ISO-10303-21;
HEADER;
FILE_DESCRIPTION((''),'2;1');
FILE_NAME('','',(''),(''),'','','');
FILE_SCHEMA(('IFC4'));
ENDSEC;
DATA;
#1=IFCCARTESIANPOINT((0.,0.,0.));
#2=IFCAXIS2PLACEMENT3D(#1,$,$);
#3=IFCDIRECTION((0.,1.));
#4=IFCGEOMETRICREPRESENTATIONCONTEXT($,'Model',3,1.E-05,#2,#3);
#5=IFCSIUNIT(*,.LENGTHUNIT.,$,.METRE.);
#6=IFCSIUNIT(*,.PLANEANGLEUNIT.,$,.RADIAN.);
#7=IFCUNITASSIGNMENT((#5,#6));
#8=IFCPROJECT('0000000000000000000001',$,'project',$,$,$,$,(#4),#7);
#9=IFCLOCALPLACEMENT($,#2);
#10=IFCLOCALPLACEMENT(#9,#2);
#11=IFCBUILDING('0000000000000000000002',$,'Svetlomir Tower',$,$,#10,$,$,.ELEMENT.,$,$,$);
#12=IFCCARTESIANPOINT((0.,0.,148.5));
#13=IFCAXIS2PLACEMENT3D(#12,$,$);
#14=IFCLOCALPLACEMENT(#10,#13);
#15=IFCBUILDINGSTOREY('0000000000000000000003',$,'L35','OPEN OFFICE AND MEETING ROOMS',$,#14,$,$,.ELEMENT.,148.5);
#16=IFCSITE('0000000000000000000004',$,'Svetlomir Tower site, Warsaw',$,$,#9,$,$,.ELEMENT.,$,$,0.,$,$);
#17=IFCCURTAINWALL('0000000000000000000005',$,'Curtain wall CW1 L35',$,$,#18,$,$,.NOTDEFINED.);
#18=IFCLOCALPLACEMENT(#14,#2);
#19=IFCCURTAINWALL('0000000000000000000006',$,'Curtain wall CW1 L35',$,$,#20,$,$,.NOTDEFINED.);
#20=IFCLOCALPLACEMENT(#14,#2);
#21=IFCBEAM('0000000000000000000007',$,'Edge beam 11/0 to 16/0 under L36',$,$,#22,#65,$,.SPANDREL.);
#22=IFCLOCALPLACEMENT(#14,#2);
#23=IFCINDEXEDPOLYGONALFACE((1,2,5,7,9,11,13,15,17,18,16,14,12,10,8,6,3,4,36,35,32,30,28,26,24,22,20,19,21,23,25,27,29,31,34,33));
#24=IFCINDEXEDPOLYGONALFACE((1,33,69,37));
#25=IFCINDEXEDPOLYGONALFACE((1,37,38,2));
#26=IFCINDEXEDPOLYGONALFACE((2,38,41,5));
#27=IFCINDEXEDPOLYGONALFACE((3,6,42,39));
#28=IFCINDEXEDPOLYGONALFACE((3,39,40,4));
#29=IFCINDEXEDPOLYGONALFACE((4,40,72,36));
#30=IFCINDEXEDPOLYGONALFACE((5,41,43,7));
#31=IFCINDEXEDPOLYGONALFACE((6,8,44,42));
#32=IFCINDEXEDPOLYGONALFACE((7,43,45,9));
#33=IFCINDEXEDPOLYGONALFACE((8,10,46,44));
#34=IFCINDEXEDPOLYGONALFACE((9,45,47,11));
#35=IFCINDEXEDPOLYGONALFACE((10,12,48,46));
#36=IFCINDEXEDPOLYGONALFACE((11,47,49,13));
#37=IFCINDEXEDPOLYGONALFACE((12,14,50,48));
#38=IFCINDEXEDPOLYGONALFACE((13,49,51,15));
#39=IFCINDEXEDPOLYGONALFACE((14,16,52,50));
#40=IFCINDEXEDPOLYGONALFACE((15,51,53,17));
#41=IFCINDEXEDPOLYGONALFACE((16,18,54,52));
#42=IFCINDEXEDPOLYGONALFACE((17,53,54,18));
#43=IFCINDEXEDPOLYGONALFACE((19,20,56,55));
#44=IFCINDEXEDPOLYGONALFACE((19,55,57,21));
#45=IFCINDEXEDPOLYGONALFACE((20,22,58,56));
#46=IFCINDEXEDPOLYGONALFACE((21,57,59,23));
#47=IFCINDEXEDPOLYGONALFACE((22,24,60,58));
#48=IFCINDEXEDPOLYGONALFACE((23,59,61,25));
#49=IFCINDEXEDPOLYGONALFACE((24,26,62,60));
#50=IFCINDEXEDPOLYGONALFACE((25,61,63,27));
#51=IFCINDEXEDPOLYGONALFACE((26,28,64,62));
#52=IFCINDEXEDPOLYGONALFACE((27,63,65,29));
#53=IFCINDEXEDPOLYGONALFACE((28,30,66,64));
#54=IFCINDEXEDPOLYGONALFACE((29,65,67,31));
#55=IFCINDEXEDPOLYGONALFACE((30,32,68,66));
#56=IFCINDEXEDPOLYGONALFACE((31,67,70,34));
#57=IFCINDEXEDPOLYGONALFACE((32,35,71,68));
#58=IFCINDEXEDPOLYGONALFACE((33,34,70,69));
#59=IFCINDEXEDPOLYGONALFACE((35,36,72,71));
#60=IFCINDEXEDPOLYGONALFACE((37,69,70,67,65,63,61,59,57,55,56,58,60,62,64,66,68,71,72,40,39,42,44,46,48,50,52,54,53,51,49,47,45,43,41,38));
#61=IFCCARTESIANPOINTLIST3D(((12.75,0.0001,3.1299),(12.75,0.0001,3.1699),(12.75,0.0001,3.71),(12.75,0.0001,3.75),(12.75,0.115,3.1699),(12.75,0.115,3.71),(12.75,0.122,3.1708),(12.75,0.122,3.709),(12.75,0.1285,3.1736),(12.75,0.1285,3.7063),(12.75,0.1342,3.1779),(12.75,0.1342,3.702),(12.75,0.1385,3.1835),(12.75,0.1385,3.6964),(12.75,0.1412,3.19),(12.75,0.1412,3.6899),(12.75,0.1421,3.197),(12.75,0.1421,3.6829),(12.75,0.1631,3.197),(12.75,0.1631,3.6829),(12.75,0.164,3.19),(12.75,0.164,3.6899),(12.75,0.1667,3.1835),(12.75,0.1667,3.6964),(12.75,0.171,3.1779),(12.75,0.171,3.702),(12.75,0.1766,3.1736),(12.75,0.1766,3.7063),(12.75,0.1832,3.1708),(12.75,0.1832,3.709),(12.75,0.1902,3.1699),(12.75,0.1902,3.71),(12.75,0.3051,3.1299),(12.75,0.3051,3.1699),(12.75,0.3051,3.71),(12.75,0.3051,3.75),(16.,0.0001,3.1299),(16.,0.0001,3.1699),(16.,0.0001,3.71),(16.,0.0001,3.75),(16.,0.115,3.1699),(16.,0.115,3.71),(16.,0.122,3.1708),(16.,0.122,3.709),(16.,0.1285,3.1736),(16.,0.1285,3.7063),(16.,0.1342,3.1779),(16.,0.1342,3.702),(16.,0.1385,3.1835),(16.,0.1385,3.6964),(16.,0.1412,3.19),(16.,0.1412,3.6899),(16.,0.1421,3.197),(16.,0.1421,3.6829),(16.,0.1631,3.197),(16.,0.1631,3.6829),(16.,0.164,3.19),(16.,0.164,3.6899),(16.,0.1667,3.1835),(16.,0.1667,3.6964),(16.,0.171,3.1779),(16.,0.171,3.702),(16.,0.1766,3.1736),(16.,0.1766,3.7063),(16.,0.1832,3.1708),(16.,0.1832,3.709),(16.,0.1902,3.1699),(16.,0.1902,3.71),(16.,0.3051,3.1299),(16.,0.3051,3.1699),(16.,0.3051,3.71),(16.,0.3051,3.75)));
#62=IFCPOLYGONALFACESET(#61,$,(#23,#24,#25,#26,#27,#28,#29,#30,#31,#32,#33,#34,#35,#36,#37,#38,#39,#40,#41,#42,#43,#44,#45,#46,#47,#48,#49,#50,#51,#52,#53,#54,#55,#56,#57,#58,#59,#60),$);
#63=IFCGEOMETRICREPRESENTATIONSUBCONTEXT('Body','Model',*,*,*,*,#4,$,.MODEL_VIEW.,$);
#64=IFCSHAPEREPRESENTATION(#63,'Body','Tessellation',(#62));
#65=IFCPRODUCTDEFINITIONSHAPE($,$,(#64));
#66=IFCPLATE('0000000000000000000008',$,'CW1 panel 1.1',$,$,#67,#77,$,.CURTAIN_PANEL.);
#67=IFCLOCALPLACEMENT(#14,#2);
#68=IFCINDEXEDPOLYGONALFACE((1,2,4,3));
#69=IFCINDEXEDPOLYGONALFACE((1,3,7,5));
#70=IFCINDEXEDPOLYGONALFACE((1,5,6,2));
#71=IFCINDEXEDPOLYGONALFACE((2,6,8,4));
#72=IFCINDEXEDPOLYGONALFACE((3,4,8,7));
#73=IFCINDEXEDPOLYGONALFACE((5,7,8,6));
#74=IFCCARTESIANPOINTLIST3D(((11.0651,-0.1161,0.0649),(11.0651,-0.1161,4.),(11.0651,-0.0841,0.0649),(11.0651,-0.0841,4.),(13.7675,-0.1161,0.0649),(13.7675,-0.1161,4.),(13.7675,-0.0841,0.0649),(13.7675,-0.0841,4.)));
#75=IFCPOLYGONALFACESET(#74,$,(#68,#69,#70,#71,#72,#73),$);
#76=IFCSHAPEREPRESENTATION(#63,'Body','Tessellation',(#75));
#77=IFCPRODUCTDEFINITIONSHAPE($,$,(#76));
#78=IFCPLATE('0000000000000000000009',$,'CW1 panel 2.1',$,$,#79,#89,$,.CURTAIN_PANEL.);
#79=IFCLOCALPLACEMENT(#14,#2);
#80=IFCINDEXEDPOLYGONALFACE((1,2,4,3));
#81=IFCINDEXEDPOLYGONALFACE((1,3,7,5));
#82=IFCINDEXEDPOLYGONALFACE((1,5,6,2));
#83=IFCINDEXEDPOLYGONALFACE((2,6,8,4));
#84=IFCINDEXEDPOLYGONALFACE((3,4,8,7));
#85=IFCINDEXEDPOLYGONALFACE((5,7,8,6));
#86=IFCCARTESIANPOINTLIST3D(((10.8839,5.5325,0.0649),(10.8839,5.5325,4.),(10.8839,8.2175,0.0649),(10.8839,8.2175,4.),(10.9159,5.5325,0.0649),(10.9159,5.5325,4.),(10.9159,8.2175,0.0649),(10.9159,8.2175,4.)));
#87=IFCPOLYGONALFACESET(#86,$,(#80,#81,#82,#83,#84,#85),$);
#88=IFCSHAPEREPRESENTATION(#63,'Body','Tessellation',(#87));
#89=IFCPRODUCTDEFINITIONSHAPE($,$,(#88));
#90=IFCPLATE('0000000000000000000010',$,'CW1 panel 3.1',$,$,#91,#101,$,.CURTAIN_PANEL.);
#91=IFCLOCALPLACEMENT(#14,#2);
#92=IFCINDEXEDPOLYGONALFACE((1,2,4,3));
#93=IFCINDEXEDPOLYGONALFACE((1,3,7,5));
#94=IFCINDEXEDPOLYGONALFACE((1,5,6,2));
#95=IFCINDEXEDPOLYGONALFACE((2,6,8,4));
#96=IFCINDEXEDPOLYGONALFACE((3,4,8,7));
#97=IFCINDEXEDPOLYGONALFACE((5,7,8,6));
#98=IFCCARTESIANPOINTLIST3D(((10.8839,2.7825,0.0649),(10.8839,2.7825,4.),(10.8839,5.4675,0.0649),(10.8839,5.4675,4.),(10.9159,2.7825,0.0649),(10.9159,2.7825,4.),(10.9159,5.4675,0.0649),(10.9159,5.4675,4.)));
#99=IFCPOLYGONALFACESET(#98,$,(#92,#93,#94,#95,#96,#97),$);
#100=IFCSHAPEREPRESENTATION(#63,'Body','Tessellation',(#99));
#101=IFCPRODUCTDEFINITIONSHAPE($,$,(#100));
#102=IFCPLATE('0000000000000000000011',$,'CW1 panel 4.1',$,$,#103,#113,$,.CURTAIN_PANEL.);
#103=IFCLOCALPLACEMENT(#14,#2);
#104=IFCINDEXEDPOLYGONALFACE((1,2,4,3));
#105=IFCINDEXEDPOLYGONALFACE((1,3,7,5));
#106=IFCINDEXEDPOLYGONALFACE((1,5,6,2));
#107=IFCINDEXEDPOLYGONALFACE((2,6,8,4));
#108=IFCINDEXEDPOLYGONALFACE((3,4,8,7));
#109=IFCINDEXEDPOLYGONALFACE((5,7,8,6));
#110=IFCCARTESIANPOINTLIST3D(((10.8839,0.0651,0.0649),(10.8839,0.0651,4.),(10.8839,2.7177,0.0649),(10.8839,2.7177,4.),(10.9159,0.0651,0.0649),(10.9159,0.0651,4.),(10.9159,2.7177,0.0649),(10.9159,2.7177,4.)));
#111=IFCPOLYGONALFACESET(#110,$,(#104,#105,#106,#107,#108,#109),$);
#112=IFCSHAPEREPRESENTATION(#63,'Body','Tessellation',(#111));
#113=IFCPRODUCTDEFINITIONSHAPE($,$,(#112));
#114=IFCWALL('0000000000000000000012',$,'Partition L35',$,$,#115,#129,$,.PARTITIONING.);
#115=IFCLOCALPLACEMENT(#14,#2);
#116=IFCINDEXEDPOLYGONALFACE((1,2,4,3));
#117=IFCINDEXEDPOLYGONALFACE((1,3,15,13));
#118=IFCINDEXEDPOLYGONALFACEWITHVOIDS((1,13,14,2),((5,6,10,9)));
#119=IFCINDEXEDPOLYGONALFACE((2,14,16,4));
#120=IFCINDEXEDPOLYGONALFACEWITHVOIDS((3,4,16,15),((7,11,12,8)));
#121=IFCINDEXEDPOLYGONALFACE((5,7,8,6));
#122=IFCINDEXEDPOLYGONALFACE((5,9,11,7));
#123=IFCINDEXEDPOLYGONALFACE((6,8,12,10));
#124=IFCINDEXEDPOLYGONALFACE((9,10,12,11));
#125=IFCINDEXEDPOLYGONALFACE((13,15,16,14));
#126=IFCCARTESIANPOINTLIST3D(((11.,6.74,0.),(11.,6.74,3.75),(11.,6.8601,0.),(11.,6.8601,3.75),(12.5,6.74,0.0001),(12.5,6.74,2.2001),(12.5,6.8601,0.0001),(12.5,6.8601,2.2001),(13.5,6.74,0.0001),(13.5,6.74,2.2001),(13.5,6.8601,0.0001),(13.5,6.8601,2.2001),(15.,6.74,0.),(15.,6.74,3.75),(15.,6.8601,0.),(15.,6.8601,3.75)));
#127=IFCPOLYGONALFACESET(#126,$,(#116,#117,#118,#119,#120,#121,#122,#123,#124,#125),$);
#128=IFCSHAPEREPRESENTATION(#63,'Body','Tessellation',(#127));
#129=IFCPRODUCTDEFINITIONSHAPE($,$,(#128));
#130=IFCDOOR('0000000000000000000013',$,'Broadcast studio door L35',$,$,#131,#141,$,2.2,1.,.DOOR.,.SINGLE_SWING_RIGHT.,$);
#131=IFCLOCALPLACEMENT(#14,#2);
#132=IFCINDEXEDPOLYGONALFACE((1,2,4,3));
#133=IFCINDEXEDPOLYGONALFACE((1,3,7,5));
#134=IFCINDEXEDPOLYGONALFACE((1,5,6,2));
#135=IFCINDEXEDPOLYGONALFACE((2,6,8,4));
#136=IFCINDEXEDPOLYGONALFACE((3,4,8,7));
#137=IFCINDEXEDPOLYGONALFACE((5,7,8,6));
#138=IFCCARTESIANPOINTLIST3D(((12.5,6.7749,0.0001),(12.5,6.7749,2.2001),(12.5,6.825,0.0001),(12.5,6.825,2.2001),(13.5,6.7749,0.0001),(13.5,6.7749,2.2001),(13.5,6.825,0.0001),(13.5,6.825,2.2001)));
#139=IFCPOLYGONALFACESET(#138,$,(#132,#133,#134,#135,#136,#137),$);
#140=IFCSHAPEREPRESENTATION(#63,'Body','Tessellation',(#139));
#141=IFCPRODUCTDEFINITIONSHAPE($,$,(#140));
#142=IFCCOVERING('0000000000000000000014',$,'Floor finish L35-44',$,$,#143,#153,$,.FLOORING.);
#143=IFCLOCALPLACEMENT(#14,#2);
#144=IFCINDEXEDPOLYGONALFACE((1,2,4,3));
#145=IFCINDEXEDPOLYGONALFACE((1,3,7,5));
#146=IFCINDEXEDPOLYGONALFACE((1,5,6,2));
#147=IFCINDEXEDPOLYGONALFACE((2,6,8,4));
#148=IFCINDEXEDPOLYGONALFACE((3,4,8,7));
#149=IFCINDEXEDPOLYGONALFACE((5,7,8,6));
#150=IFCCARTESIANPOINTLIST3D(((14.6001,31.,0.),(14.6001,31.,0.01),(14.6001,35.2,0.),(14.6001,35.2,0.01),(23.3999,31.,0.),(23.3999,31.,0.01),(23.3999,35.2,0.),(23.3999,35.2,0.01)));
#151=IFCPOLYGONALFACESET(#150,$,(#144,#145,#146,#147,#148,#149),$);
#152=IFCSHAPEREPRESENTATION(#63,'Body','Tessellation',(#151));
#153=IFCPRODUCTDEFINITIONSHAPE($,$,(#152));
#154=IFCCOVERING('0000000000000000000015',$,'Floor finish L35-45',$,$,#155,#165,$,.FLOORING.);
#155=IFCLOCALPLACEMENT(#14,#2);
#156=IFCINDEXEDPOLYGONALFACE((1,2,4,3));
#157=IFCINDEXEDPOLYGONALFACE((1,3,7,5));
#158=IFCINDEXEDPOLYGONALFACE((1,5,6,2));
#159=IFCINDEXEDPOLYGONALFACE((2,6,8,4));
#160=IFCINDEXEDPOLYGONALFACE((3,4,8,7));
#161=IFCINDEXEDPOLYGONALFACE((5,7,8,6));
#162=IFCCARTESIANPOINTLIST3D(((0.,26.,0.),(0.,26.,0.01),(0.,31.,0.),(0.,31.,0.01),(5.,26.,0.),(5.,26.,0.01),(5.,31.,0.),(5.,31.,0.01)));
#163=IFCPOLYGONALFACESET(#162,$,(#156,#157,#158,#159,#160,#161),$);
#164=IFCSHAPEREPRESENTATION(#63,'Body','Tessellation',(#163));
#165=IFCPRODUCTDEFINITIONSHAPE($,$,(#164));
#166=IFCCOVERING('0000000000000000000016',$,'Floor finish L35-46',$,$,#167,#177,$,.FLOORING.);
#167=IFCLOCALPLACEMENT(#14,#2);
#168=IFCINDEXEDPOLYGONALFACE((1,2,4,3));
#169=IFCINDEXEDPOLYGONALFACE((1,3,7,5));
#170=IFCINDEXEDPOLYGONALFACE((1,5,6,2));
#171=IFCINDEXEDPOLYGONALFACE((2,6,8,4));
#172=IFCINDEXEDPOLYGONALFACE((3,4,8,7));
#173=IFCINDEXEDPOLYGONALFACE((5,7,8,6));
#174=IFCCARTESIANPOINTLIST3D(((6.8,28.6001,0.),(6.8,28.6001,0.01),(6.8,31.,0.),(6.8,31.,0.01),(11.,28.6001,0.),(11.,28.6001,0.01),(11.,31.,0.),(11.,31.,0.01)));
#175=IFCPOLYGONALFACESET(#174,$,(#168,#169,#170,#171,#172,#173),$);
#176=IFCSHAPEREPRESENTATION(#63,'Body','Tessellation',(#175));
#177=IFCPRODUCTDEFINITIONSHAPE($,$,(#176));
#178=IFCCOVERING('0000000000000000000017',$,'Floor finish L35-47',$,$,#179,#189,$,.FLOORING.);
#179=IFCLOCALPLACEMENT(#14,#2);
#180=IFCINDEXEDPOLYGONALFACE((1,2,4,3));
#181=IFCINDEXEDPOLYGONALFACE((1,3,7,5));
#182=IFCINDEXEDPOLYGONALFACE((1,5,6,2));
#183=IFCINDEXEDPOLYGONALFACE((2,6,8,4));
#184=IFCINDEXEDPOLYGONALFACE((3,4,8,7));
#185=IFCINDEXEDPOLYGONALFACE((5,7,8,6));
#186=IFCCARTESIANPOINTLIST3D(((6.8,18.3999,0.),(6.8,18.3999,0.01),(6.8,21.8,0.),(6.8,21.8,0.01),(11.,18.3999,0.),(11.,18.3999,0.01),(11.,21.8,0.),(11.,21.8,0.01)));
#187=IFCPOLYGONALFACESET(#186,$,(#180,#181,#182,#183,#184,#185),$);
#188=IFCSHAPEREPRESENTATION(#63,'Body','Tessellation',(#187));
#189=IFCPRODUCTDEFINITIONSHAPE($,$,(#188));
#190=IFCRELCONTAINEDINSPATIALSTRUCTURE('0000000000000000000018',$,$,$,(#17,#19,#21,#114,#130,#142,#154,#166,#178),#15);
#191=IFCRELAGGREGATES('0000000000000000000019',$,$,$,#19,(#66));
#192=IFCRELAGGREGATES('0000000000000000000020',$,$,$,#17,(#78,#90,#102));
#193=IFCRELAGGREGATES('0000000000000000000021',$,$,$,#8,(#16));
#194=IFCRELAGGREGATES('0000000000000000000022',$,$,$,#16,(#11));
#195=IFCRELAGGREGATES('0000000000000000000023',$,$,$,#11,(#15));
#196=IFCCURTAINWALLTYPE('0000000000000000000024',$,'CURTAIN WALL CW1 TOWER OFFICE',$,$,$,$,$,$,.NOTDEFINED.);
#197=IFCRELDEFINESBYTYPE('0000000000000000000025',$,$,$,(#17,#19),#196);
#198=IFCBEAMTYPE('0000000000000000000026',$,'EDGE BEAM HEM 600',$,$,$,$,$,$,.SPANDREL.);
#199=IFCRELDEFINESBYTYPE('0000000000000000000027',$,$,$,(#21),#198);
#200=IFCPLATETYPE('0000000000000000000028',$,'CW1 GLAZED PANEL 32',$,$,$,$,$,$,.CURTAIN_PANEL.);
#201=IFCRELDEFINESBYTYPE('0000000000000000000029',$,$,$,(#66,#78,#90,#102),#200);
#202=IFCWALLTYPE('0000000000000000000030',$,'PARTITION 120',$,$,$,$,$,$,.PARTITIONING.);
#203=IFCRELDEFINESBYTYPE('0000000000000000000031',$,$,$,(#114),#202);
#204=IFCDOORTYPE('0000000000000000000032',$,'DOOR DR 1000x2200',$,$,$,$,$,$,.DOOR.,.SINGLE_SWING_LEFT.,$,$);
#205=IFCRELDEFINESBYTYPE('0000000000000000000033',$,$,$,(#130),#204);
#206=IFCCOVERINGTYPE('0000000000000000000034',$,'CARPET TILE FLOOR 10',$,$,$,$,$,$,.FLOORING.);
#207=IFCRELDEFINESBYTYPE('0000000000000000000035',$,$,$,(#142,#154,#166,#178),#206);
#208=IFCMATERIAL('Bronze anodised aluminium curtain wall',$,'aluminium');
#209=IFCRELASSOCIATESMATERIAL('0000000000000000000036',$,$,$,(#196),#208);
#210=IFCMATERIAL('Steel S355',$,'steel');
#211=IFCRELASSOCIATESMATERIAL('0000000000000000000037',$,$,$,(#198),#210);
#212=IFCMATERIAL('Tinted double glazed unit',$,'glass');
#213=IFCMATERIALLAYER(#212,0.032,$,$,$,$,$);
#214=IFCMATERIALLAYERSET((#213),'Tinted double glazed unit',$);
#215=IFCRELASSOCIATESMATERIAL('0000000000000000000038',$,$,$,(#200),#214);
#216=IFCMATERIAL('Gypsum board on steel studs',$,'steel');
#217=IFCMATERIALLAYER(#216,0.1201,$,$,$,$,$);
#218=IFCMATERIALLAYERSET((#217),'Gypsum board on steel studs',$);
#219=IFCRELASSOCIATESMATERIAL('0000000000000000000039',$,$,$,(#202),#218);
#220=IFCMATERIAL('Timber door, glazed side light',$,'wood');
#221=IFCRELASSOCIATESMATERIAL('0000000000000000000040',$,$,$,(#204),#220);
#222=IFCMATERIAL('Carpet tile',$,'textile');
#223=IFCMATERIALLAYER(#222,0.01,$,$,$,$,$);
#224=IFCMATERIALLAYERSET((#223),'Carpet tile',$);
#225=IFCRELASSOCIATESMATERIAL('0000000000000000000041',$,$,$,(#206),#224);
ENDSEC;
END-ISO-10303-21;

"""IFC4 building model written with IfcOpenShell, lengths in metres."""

from ifc_helpers import new_model, si_unit, direction, frame, frame_2d, origin, origin_2d, place, context, subcontext, project, spatial, polyline, rectangle, i_section, outline, extrude, material, layer, layer_set, material_profile, profile_set, type_object, element, fill, aggregate, save


model = new_model("IFC4")

# Units and contexts
model_context = context("Model", 3, precision=1e-05, world=origin(), true_north=direction((0.0, 1.0)))
body_context = subcontext(model_context, "Body", "Model", "MODEL_VIEW")
ifc_project = project(units=[si_unit("LENGTHUNIT", "METRE"), si_unit("PLANEANGLEUNIT", "RADIAN")], contexts=[model_context])

# Site, building, storey
site_placement = place(None, origin())
site = spatial("IfcSite", under=ifc_project, at=site_placement, Name="Svetlomir Tower site, Warsaw", CompositionType="ELEMENT", RefElevation=0.0)
building_placement = place(site_placement, origin())
building = spatial("IfcBuilding", under=site, at=building_placement, Name="Svetlomir Tower", CompositionType="ELEMENT")
storey_placement = place(building_placement, frame((0.0, 0.0, 148.5)))
storey = spatial("IfcBuildingStorey", under=building, at=storey_placement, Name="L35", Description="OPEN OFFICE AND MEETING ROOMS", CompositionType="ELEMENT", Elevation=148.5)

# Curtain wall
ifc_material_1 = material(Name="Bronze anodised aluminium curtain wall", Category="aluminium")
curtain_wall_type = type_object("IfcCurtainWallType", Name="CURTAIN WALL CW1 TOWER OFFICE", PredefinedType="NOTDEFINED", material=ifc_material_1)
curtain_wall_1_placement = place(storey_placement, origin())
curtain_wall_1 = element("IfcCurtainWall", 1, at=curtain_wall_1_placement, inside=storey, type_object=curtain_wall_type, Name="Curtain wall CW1 L35", PredefinedType="NOTDEFINED")

# Curtain wall
curtain_wall_2_placement = place(storey_placement, origin())
curtain_wall_2 = element("IfcCurtainWall", 2, at=curtain_wall_2_placement, inside=storey, type_object=curtain_wall_type, Name="Curtain wall CW1 L35", PredefinedType="NOTDEFINED")

# Beam
ifc_material_2 = material(Name="Steel S355", Category="steel")
ifc_material_profile_1 = material_profile(ifc_material_2, i_section(OverallWidth=0.3049, OverallDepth=0.6201, WebThickness=0.021, FlangeThickness=0.04, FilletRadius=0.0271, at=origin_2d()), Name="HEM 600")
ifc_profile_set_1 = profile_set([ifc_material_profile_1], Name="Steel S355")
beam_type = type_object("IfcBeamType", Name="EDGE BEAM HEM 600", PredefinedType="SPANDREL", material=ifc_profile_set_1)
beam_placement = place(storey_placement, frame((12.75, 0.1526, 3.4399), z_axis=(1.0, 0.0, 0.0), x_axis=(0.0, 1.0, 0.0)))
element("IfcBeam", 3, at=beam_placement, inside=storey, type_object=beam_type, Name="Edge beam 11/0 to 16/0 under L36", PredefinedType="SPANDREL", context=body_context, shape_type="SweptSolid", body=[
    extrude(i_section(OverallWidth=0.3049, OverallDepth=0.6201, WebThickness=0.021, FlangeThickness=0.04, FilletRadius=0.0271, at=origin_2d()), origin(), (0.0, 0.0, 1.0), 3.25),
])

# Plates
ifc_material_3 = material(Name="Tinted double glazed unit", Category="glass")
ifc_layer_1 = layer(ifc_material_3, 0.032)
ifc_layer_set_1 = layer_set([ifc_layer_1], Name="Tinted double glazed unit")
plate_type = type_object("IfcPlateType", Name="CW1 GLAZED PANEL 32", PredefinedType="CURTAIN_PANEL", material=ifc_layer_set_1)
plate_1_placement = place(storey_placement, frame((12.4163, -0.1001, 0.0649), z_axis=(0.0, 0.0, 1.0), x_axis=(1.0, 0.0, 0.0)))
plate_1 = element("IfcPlate", 4, at=plate_1_placement, type_object=plate_type, Name="CW1 panel 1.1", PredefinedType="CURTAIN_PANEL", context=body_context, shape_type="SweptSolid", body=[
    extrude(rectangle(XDim=2.7024, YDim=0.032, at=origin_2d()), origin(), (0.0, 0.0, 1.0), 3.9351),
])
aggregate(curtain_wall_2, [plate_1])
plate_2_placement = place(storey_placement, frame((10.8999, 6.875, 0.0649), z_axis=(0.0, 0.0, 1.0), x_axis=(0.0, -1.0, 0.0)))
plate_2 = element("IfcPlate", 5, at=plate_2_placement, type_object=plate_type, Name="CW1 panel 2.1", PredefinedType="CURTAIN_PANEL", context=body_context, shape_type="SweptSolid", body=[
    extrude(rectangle(XDim=2.6851, YDim=0.032, at=origin_2d()), origin(), (0.0, 0.0, 1.0), 3.9351),
])
plate_3_placement = place(storey_placement, frame((10.8999, 4.125, 0.0649), z_axis=(0.0, 0.0, 1.0), x_axis=(0.0, -1.0, 0.0)))
plate_3 = element("IfcPlate", 6, at=plate_3_placement, type_object=plate_type, Name="CW1 panel 3.1", PredefinedType="CURTAIN_PANEL", context=body_context, shape_type="SweptSolid", body=[
    extrude(rectangle(XDim=2.6851, YDim=0.032, at=origin_2d()), origin(), (0.0, 0.0, 1.0), 3.9351),
])
plate_4_placement = place(storey_placement, frame((10.8999, 1.3914, 0.0649), z_axis=(0.0, 0.0, 1.0), x_axis=(0.0, -1.0, 0.0)))
plate_4 = element("IfcPlate", 7, at=plate_4_placement, type_object=plate_type, Name="CW1 panel 4.1", PredefinedType="CURTAIN_PANEL", context=body_context, shape_type="SweptSolid", body=[
    extrude(rectangle(XDim=2.6526, YDim=0.032, at=origin_2d()), origin(), (0.0, 0.0, 1.0), 3.9351),
])
aggregate(curtain_wall_1, [plate_2, plate_3, plate_4])

# Wall, opening, door
ifc_material_4 = material(Name="Gypsum board on steel studs", Category="steel")
ifc_layer_2 = layer(ifc_material_4, 0.1201)
ifc_layer_set_2 = layer_set([ifc_layer_2], Name="Gypsum board on steel studs")
wall_type = type_object("IfcWallType", Name="PARTITION 120", PredefinedType="PARTITIONING", material=ifc_layer_set_2)
wall_placement = place(storey_placement, frame((11.0, 6.8, 0.0), z_axis=(0.0, 0.0, 1.0), x_axis=(1.0, 0.0, 0.0)))
wall = element("IfcWall", 8, at=wall_placement, inside=storey, type_object=wall_type, Name="Partition L35", PredefinedType="PARTITIONING", context=body_context, shape_type="SweptSolid", body=[
    extrude(rectangle(XDim=4.0, YDim=0.1201, at=frame_2d((2.0, 0.0))), origin(), (0.0, 0.0, 1.0), 3.75),
])
opening_placement = place(wall_placement, frame((1.5, 0.0, 0.0)))
opening = element("IfcOpeningElement", 9, at=opening_placement, cuts=wall, PredefinedType="OPENING", context=body_context, shape_type="SweptSolid", body=[
    extrude(rectangle(XDim=1.0, YDim=2.2, at=frame_2d((0.5, 1.1001))), frame((0.0, 0.0701, 0.0), z_axis=(0.0, -1.0, 0.0), x_axis=(1.0, 0.0, 0.0)), (0.0, 0.0, 1.0), 0.1401),
])
ifc_material_5 = material(Name="Timber door, glazed side light", Category="wood")
door_type = type_object("IfcDoorType", Name="DOOR DR 1000x2200", OperationType="SINGLE_SWING_LEFT", PredefinedType="DOOR", material=ifc_material_5)
door_placement = place(opening_placement, origin())
door = element("IfcDoor", 10, at=door_placement, inside=storey, type_object=door_type, Name="Broadcast studio door L35", OperationType="SINGLE_SWING_RIGHT", OverallHeight=2.2, OverallWidth=1.0, PredefinedType="DOOR", context=body_context, shape_type="SweptSolid", body=[
    extrude(rectangle(XDim=1.0, YDim=2.2, at=frame_2d((0.5, 1.1001))), frame((0.0, 0.0249, 0.0), z_axis=(0.0, -1.0, 0.0), x_axis=(1.0, 0.0, 0.0)), (0.0, 0.0, 1.0), 0.05),
])
fill(opening, door)

# Coverings
ifc_material_6 = material(Name="Carpet tile", Category="textile")
ifc_layer_3 = layer(ifc_material_6, 0.01)
ifc_layer_set_3 = layer_set([ifc_layer_3], Name="Carpet tile")
covering_type_1 = type_object("IfcCoveringType", Name="CARPET TILE FLOOR 10", PredefinedType="FLOORING", material=ifc_layer_set_3)
covering_1_placement = place(storey_placement, origin())
element("IfcCovering", 11, at=covering_1_placement, inside=storey, type_object=covering_type_1, Name="Floor finish L35-44", PredefinedType="FLOORING", context=body_context, shape_type="SweptSolid", body=[
    extrude(outline(polyline([(14.6001, 31.0), (14.6001, 35.2), (23.3999, 35.2), (23.3999, 31.0), (14.6001, 31.0)])), origin(), (0.0, 0.0, 1.0), 0.01),
])
covering_2_placement = place(storey_placement, origin())
element("IfcCovering", 12, at=covering_2_placement, inside=storey, type_object=covering_type_1, Name="Floor finish L35-45", PredefinedType="FLOORING", context=body_context, shape_type="SweptSolid", body=[
    extrude(outline(polyline([(5.0, 26.0), (0.0, 26.0), (0.0, 31.0), (5.0, 31.0), (5.0, 26.0)])), origin(), (0.0, 0.0, 1.0), 0.01),
])
covering_3_placement = place(storey_placement, origin())
element("IfcCovering", 13, at=covering_3_placement, inside=storey, type_object=covering_type_1, Name="Floor finish L35-46", PredefinedType="FLOORING", context=body_context, shape_type="SweptSolid", body=[
    extrude(outline(polyline([(11.0, 28.6001), (6.8, 28.6001), (6.8, 31.0), (11.0, 31.0), (11.0, 28.6001)])), origin(), (0.0, 0.0, 1.0), 0.01),
])
covering_4_placement = place(storey_placement, origin())
element("IfcCovering", 14, at=covering_4_placement, inside=storey, type_object=covering_type_1, Name="Floor finish L35-47", PredefinedType="FLOORING", context=body_context, shape_type="SweptSolid", body=[
    extrude(outline(polyline([(6.8, 18.3999), (6.8, 21.8), (11.0, 21.8), (11.0, 18.3999), (6.8, 18.3999)])), origin(), (0.0, 0.0, 1.0), 0.01),
])

save(model, "model.ifc")
